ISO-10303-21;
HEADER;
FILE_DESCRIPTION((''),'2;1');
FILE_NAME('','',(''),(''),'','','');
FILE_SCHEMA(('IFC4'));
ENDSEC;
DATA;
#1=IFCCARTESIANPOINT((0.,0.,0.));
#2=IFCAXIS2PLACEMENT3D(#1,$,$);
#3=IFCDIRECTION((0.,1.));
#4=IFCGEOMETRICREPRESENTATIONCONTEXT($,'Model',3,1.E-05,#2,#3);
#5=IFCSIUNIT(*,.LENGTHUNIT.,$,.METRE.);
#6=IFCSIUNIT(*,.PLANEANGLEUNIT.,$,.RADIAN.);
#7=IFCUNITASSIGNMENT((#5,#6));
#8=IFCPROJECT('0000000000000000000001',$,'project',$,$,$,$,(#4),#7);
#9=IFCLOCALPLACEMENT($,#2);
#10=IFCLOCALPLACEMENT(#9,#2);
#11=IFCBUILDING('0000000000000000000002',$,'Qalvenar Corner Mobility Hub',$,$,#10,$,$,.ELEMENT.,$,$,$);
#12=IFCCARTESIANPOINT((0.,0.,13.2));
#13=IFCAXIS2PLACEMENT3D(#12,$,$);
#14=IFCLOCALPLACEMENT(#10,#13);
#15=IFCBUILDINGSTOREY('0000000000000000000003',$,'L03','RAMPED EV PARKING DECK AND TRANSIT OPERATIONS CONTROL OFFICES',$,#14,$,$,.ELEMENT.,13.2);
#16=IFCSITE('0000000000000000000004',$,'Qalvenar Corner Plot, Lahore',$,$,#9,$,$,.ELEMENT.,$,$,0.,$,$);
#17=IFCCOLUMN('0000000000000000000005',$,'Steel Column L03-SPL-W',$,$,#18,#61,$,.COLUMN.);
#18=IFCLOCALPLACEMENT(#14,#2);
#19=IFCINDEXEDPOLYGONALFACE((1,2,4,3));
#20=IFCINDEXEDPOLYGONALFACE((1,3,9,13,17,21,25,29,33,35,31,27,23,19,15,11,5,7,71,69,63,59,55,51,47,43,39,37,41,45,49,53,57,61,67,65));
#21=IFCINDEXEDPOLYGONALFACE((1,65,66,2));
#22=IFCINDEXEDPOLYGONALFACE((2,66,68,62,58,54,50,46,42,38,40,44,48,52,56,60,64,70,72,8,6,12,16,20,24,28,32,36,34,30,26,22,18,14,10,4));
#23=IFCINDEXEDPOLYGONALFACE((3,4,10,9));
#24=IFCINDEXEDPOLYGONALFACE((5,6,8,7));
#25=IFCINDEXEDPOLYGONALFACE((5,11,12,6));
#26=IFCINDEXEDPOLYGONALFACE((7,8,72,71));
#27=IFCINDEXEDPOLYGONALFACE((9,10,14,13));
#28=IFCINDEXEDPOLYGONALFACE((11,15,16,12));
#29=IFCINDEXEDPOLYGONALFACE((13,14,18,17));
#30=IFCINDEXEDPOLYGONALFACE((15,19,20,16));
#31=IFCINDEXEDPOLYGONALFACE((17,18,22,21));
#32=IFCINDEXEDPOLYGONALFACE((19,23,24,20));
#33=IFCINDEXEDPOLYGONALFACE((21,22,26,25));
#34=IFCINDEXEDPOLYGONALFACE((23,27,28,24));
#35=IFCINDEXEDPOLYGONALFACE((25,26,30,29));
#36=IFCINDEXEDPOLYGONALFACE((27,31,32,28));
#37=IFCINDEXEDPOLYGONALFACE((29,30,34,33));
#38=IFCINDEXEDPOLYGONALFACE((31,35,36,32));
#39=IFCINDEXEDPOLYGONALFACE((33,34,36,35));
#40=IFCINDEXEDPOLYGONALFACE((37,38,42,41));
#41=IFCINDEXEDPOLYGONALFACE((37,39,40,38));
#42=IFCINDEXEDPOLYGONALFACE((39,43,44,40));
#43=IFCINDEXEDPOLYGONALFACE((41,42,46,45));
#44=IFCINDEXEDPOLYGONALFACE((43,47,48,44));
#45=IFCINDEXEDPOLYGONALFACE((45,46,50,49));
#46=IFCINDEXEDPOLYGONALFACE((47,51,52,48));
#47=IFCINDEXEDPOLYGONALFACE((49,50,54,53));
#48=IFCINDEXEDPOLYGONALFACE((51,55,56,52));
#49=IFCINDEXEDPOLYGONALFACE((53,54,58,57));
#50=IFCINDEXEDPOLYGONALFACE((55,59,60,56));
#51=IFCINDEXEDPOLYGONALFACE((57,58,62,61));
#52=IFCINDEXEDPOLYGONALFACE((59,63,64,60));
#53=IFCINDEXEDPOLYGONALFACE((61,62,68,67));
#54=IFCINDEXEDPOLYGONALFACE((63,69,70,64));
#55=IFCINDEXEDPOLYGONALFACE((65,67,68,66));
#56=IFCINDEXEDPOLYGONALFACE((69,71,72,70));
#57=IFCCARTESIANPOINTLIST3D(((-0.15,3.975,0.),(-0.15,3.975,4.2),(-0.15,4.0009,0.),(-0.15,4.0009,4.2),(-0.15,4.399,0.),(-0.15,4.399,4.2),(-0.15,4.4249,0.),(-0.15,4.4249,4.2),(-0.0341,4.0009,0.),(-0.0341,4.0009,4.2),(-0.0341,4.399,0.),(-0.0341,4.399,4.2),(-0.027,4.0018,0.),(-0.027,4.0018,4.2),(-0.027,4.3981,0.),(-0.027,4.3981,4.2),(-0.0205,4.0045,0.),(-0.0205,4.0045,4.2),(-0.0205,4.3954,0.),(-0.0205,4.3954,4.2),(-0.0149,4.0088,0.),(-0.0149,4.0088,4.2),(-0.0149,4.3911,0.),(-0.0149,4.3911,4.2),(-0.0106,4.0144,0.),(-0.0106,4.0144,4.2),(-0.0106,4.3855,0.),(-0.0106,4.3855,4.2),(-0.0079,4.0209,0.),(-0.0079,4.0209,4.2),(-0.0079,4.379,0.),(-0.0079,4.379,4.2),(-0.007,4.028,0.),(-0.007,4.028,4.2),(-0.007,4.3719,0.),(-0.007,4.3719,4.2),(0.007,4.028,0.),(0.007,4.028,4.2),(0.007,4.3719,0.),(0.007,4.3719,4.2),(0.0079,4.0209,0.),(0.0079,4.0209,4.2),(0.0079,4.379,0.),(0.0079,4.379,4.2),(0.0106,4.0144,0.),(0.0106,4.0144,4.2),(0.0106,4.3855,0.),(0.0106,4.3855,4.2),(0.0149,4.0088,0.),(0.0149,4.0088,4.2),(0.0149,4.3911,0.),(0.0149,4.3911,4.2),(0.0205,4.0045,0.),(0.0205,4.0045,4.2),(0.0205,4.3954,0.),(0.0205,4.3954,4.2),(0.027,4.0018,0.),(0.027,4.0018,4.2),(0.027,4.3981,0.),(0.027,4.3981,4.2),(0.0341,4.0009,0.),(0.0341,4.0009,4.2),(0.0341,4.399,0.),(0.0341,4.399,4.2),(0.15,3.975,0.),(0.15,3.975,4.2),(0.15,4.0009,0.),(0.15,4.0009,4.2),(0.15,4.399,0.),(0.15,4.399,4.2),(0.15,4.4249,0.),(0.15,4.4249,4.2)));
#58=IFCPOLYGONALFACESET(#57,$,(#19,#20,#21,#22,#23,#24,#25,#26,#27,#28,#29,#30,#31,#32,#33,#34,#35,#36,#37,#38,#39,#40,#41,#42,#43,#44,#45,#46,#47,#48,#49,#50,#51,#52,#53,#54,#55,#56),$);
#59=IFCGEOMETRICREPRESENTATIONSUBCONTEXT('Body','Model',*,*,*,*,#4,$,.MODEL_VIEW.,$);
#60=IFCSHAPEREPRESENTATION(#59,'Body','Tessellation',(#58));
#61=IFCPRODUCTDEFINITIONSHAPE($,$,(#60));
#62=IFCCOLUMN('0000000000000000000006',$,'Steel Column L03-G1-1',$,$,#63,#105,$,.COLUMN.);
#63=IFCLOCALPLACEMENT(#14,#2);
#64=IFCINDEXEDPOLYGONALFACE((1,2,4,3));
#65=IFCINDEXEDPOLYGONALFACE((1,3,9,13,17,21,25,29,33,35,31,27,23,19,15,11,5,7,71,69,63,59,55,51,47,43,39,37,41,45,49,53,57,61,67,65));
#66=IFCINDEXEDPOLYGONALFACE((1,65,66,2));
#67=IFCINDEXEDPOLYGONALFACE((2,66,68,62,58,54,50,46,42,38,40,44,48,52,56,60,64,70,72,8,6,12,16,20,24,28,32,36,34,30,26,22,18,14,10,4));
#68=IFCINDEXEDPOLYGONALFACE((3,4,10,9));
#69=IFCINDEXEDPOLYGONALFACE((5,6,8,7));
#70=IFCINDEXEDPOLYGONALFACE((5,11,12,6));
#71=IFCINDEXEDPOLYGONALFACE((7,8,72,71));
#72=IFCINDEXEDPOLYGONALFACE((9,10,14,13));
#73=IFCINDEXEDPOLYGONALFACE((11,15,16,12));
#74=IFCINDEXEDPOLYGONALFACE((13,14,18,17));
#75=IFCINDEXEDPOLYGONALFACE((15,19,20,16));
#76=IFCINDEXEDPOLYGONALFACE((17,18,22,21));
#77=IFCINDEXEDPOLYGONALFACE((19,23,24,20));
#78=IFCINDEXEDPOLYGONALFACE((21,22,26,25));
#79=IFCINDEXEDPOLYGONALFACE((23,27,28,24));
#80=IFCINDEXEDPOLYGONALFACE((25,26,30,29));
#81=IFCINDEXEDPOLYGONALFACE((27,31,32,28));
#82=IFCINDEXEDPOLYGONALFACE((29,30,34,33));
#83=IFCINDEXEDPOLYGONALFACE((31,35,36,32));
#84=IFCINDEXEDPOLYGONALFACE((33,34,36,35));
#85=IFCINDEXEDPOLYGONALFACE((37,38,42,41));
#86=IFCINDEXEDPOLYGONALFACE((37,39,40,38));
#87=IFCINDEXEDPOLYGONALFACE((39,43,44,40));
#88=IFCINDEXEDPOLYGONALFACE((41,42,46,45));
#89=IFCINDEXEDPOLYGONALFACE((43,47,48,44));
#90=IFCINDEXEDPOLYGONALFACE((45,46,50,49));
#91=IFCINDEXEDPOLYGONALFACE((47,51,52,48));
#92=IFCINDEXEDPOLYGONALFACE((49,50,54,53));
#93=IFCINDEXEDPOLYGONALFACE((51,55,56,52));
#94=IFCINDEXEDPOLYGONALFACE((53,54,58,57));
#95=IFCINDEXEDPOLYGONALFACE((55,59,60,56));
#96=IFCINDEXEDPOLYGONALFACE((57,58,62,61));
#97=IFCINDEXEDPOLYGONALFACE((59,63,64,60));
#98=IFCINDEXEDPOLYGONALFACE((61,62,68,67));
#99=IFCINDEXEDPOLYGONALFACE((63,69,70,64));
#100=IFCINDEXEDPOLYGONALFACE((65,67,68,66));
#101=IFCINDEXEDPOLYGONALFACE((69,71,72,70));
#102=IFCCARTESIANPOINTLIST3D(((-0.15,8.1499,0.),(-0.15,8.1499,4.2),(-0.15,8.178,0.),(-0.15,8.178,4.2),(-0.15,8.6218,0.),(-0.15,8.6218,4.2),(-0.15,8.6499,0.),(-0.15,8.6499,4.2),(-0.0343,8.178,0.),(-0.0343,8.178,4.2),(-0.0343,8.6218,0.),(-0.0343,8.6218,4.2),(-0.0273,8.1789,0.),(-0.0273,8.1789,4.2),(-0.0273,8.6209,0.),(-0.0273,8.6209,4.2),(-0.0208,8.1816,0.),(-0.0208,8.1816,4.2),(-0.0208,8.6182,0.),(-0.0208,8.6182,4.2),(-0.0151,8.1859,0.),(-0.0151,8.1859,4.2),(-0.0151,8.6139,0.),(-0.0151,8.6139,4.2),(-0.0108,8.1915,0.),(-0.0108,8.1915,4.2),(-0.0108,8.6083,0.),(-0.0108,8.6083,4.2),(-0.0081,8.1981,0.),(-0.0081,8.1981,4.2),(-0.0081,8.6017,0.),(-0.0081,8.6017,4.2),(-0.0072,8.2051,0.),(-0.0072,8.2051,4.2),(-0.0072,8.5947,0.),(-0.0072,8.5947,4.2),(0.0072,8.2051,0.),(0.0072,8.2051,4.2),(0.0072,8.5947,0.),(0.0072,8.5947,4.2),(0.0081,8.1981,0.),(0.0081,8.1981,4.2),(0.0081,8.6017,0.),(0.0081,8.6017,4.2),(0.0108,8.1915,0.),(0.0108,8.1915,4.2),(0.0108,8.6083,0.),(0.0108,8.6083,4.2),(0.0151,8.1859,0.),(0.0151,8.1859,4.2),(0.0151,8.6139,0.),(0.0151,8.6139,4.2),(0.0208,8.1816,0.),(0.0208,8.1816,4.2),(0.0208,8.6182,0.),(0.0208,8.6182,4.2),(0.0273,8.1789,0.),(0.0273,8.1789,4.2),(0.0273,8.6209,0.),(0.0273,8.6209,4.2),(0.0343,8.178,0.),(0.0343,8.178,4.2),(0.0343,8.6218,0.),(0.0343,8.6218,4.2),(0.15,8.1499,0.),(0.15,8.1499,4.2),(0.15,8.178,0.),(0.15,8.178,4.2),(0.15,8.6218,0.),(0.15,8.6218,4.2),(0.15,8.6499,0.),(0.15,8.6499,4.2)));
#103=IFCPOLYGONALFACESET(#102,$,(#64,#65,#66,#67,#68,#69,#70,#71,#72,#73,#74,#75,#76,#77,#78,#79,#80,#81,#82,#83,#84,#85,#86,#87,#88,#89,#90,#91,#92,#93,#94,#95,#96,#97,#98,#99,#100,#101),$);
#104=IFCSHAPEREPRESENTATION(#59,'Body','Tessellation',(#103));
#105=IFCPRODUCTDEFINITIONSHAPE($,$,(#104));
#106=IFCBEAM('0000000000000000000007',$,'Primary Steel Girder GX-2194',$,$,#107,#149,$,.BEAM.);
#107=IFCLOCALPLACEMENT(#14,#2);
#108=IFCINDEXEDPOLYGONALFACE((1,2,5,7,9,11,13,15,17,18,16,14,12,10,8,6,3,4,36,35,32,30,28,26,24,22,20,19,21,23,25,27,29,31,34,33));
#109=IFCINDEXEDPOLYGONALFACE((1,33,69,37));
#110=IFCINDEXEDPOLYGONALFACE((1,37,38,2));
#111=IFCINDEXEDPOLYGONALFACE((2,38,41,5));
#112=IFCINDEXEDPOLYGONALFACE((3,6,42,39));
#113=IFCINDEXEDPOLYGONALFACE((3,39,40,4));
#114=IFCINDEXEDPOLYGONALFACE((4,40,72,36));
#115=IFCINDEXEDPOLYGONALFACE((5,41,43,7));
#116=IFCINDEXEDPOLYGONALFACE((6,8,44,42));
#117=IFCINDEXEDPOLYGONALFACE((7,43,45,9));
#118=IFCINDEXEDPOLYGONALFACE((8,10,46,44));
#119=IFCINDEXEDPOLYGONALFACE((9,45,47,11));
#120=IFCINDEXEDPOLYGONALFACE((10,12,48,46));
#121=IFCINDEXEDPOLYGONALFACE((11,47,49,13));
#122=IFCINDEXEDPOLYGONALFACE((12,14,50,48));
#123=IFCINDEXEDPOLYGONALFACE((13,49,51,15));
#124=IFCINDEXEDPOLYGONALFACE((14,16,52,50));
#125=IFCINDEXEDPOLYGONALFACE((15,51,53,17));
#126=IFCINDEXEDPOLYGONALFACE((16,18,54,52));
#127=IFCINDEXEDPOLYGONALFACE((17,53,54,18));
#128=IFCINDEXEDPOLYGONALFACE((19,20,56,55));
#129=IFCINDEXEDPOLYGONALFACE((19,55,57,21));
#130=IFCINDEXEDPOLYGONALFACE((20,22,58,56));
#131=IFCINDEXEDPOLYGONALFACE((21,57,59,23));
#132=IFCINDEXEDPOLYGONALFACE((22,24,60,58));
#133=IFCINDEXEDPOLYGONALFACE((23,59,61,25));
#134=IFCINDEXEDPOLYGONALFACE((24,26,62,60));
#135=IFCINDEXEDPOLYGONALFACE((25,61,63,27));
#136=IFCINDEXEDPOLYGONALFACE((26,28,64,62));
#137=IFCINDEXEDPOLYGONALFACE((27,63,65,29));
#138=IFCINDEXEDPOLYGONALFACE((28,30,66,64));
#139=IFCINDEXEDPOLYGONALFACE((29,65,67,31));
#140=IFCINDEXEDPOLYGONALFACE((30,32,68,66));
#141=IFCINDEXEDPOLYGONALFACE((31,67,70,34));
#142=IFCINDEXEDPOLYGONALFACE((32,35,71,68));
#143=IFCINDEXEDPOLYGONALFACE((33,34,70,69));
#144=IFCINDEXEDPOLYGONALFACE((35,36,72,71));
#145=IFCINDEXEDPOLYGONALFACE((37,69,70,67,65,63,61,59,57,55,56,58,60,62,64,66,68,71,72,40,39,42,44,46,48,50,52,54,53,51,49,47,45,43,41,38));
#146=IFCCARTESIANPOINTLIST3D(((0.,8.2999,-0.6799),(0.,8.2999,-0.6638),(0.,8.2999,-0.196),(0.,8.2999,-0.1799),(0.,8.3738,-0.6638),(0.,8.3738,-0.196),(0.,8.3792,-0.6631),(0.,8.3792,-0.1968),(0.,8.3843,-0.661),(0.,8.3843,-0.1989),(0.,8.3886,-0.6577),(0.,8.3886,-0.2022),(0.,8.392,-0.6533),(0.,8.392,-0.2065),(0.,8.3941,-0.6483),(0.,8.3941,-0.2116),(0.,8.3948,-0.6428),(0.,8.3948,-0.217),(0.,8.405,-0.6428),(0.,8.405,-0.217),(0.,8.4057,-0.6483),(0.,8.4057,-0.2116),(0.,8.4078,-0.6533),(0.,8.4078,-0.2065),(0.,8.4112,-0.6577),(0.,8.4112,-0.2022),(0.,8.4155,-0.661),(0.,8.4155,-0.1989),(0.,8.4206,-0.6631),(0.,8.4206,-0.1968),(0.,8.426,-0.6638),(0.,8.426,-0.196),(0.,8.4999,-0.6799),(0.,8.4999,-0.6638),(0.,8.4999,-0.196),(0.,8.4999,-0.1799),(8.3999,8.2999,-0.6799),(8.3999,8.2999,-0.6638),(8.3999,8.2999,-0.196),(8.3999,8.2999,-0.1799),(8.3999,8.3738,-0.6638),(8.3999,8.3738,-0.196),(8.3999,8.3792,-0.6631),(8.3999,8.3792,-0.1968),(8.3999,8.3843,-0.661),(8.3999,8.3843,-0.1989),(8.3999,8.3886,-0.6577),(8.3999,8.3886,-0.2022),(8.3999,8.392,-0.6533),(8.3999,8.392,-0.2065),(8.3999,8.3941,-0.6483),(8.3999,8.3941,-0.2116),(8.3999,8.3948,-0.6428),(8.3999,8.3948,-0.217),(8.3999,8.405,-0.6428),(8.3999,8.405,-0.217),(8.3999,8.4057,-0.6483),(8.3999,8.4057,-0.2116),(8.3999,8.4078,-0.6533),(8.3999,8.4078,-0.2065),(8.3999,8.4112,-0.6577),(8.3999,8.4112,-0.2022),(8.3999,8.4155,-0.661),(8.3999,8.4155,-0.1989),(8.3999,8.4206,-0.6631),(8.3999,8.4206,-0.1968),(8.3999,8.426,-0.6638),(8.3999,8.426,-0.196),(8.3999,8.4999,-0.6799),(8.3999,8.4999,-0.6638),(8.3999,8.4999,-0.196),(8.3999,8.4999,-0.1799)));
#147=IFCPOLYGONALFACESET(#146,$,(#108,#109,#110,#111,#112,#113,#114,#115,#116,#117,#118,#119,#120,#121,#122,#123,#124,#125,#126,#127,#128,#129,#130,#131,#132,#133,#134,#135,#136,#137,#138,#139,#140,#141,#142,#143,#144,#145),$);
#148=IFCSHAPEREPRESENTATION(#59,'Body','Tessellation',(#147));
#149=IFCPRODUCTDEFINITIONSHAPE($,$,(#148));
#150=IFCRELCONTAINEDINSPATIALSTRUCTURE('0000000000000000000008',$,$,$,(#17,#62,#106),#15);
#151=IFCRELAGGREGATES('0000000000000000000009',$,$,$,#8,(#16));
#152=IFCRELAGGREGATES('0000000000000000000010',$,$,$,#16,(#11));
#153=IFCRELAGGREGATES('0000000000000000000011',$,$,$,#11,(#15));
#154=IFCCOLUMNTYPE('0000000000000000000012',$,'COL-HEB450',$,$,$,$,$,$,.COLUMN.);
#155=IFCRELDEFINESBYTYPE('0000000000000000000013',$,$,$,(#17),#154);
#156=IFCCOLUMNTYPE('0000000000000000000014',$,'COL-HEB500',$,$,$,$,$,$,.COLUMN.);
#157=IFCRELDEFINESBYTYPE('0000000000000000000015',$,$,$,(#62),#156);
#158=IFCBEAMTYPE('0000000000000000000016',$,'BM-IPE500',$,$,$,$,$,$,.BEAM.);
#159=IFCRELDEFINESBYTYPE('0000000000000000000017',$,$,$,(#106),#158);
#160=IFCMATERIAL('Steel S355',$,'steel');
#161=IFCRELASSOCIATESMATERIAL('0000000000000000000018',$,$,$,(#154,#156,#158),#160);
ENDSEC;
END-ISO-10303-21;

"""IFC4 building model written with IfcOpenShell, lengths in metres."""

from ifc_helpers import new_model, si_unit, direction, frame, origin, origin_2d, place, context, subcontext, project, spatial, i_section, extrude, material, material_profile, profile_set, type_object, element, save


model = new_model("IFC4")

# Units and contexts
model_context = context("Model", 3, precision=1e-05, world=origin(), true_north=direction((0.0, 1.0)))
body_context = subcontext(model_context, "Body", "Model", "MODEL_VIEW")
ifc_project = project(units=[si_unit("LENGTHUNIT", "METRE"), si_unit("PLANEANGLEUNIT", "RADIAN")], contexts=[model_context])

# Site, building, storey
site_placement = place(None, origin())
site = spatial("IfcSite", under=ifc_project, at=site_placement, Name="Qalvenar Corner Plot, Lahore", CompositionType="ELEMENT", RefElevation=0.0)
building_placement = place(site_placement, origin())
building = spatial("IfcBuilding", under=site, at=building_placement, Name="Qalvenar Corner Mobility Hub", CompositionType="ELEMENT")
storey_placement = place(building_placement, frame((0.0, 0.0, 13.2)))
storey = spatial("IfcBuildingStorey", under=building, at=storey_placement, Name="L03", Description="RAMPED EV PARKING DECK AND TRANSIT OPERATIONS CONTROL OFFICES", CompositionType="ELEMENT", Elevation=13.2)

# Columns
ifc_material_1 = material(Name="Steel S355", Category="steel")
ifc_material_profile_1 = material_profile(ifc_material_1, i_section(OverallWidth=0.3, OverallDepth=0.45, WebThickness=0.0139, FlangeThickness=0.0259, FilletRadius=0.0271, at=origin_2d()), Name="HEB450")
ifc_profile_set_1 = profile_set([ifc_material_profile_1], Name="Steel S355")
column_type_1 = type_object("IfcColumnType", Name="COL-HEB450", PredefinedType="COLUMN", material=ifc_profile_set_1)
column_1_placement = place(storey_placement, frame((0.0, 4.2, 0.0), z_axis=(0.0, 0.0, 1.0), x_axis=(1.0, 0.0, 0.0)))
element("IfcColumn", 1, at=column_1_placement, inside=storey, type_object=column_type_1, Name="Steel Column L03-SPL-W", PredefinedType="COLUMN", context=body_context, shape_type="SweptSolid", body=[
    extrude(i_section(OverallWidth=0.3, OverallDepth=0.45, WebThickness=0.0139, FlangeThickness=0.0259, FilletRadius=0.0271, at=origin_2d()), origin(), (0.0, 0.0, 1.0), 4.2),
])
ifc_material_profile_2 = material_profile(ifc_material_1, i_section(OverallWidth=0.3, OverallDepth=0.5, WebThickness=0.0144, FlangeThickness=0.0281, FilletRadius=0.0271, at=origin_2d()), Name="HEB500")
ifc_profile_set_2 = profile_set([ifc_material_profile_2], Name="Steel S355")
column_type_2 = type_object("IfcColumnType", Name="COL-HEB500", PredefinedType="COLUMN", material=ifc_profile_set_2)
column_2_placement = place(storey_placement, frame((0.0, 8.3999, 0.0), z_axis=(0.0, 0.0, 1.0), x_axis=(1.0, 0.0, 0.0)))
element("IfcColumn", 2, at=column_2_placement, inside=storey, type_object=column_type_2, Name="Steel Column L03-G1-1", PredefinedType="COLUMN", context=body_context, shape_type="SweptSolid", body=[
    extrude(i_section(OverallWidth=0.3, OverallDepth=0.5, WebThickness=0.0144, FlangeThickness=0.0281, FilletRadius=0.0271, at=origin_2d()), origin(), (0.0, 0.0, 1.0), 4.2),
])

# Beam
ifc_material_profile_3 = material_profile(ifc_material_1, i_section(OverallWidth=0.2, OverallDepth=0.5, WebThickness=0.0103, FlangeThickness=0.0161, FilletRadius=0.021, at=origin_2d()), Name="IPE500")
ifc_profile_set_3 = profile_set([ifc_material_profile_3], Name="Steel S355")
beam_type_1 = type_object("IfcBeamType", Name="BM-IPE500", PredefinedType="BEAM", material=ifc_profile_set_3)
beam_1_placement = place(storey_placement, frame((0.0, 8.3999, -0.4299), z_axis=(1.0, 0.0, 0.0), x_axis=(0.0, 1.0, 0.0)))
element("IfcBeam", 3, at=beam_1_placement, inside=storey, type_object=beam_type_1, Name="Primary Steel Girder GX-2194", PredefinedType="BEAM", context=body_context, shape_type="SweptSolid", body=[
    extrude(i_section(OverallWidth=0.2, OverallDepth=0.5, WebThickness=0.0103, FlangeThickness=0.0161, FilletRadius=0.021, at=origin_2d()), origin(), (0.0, 0.0, 1.0), 8.3999),
])

save(model, "model.ifc")
